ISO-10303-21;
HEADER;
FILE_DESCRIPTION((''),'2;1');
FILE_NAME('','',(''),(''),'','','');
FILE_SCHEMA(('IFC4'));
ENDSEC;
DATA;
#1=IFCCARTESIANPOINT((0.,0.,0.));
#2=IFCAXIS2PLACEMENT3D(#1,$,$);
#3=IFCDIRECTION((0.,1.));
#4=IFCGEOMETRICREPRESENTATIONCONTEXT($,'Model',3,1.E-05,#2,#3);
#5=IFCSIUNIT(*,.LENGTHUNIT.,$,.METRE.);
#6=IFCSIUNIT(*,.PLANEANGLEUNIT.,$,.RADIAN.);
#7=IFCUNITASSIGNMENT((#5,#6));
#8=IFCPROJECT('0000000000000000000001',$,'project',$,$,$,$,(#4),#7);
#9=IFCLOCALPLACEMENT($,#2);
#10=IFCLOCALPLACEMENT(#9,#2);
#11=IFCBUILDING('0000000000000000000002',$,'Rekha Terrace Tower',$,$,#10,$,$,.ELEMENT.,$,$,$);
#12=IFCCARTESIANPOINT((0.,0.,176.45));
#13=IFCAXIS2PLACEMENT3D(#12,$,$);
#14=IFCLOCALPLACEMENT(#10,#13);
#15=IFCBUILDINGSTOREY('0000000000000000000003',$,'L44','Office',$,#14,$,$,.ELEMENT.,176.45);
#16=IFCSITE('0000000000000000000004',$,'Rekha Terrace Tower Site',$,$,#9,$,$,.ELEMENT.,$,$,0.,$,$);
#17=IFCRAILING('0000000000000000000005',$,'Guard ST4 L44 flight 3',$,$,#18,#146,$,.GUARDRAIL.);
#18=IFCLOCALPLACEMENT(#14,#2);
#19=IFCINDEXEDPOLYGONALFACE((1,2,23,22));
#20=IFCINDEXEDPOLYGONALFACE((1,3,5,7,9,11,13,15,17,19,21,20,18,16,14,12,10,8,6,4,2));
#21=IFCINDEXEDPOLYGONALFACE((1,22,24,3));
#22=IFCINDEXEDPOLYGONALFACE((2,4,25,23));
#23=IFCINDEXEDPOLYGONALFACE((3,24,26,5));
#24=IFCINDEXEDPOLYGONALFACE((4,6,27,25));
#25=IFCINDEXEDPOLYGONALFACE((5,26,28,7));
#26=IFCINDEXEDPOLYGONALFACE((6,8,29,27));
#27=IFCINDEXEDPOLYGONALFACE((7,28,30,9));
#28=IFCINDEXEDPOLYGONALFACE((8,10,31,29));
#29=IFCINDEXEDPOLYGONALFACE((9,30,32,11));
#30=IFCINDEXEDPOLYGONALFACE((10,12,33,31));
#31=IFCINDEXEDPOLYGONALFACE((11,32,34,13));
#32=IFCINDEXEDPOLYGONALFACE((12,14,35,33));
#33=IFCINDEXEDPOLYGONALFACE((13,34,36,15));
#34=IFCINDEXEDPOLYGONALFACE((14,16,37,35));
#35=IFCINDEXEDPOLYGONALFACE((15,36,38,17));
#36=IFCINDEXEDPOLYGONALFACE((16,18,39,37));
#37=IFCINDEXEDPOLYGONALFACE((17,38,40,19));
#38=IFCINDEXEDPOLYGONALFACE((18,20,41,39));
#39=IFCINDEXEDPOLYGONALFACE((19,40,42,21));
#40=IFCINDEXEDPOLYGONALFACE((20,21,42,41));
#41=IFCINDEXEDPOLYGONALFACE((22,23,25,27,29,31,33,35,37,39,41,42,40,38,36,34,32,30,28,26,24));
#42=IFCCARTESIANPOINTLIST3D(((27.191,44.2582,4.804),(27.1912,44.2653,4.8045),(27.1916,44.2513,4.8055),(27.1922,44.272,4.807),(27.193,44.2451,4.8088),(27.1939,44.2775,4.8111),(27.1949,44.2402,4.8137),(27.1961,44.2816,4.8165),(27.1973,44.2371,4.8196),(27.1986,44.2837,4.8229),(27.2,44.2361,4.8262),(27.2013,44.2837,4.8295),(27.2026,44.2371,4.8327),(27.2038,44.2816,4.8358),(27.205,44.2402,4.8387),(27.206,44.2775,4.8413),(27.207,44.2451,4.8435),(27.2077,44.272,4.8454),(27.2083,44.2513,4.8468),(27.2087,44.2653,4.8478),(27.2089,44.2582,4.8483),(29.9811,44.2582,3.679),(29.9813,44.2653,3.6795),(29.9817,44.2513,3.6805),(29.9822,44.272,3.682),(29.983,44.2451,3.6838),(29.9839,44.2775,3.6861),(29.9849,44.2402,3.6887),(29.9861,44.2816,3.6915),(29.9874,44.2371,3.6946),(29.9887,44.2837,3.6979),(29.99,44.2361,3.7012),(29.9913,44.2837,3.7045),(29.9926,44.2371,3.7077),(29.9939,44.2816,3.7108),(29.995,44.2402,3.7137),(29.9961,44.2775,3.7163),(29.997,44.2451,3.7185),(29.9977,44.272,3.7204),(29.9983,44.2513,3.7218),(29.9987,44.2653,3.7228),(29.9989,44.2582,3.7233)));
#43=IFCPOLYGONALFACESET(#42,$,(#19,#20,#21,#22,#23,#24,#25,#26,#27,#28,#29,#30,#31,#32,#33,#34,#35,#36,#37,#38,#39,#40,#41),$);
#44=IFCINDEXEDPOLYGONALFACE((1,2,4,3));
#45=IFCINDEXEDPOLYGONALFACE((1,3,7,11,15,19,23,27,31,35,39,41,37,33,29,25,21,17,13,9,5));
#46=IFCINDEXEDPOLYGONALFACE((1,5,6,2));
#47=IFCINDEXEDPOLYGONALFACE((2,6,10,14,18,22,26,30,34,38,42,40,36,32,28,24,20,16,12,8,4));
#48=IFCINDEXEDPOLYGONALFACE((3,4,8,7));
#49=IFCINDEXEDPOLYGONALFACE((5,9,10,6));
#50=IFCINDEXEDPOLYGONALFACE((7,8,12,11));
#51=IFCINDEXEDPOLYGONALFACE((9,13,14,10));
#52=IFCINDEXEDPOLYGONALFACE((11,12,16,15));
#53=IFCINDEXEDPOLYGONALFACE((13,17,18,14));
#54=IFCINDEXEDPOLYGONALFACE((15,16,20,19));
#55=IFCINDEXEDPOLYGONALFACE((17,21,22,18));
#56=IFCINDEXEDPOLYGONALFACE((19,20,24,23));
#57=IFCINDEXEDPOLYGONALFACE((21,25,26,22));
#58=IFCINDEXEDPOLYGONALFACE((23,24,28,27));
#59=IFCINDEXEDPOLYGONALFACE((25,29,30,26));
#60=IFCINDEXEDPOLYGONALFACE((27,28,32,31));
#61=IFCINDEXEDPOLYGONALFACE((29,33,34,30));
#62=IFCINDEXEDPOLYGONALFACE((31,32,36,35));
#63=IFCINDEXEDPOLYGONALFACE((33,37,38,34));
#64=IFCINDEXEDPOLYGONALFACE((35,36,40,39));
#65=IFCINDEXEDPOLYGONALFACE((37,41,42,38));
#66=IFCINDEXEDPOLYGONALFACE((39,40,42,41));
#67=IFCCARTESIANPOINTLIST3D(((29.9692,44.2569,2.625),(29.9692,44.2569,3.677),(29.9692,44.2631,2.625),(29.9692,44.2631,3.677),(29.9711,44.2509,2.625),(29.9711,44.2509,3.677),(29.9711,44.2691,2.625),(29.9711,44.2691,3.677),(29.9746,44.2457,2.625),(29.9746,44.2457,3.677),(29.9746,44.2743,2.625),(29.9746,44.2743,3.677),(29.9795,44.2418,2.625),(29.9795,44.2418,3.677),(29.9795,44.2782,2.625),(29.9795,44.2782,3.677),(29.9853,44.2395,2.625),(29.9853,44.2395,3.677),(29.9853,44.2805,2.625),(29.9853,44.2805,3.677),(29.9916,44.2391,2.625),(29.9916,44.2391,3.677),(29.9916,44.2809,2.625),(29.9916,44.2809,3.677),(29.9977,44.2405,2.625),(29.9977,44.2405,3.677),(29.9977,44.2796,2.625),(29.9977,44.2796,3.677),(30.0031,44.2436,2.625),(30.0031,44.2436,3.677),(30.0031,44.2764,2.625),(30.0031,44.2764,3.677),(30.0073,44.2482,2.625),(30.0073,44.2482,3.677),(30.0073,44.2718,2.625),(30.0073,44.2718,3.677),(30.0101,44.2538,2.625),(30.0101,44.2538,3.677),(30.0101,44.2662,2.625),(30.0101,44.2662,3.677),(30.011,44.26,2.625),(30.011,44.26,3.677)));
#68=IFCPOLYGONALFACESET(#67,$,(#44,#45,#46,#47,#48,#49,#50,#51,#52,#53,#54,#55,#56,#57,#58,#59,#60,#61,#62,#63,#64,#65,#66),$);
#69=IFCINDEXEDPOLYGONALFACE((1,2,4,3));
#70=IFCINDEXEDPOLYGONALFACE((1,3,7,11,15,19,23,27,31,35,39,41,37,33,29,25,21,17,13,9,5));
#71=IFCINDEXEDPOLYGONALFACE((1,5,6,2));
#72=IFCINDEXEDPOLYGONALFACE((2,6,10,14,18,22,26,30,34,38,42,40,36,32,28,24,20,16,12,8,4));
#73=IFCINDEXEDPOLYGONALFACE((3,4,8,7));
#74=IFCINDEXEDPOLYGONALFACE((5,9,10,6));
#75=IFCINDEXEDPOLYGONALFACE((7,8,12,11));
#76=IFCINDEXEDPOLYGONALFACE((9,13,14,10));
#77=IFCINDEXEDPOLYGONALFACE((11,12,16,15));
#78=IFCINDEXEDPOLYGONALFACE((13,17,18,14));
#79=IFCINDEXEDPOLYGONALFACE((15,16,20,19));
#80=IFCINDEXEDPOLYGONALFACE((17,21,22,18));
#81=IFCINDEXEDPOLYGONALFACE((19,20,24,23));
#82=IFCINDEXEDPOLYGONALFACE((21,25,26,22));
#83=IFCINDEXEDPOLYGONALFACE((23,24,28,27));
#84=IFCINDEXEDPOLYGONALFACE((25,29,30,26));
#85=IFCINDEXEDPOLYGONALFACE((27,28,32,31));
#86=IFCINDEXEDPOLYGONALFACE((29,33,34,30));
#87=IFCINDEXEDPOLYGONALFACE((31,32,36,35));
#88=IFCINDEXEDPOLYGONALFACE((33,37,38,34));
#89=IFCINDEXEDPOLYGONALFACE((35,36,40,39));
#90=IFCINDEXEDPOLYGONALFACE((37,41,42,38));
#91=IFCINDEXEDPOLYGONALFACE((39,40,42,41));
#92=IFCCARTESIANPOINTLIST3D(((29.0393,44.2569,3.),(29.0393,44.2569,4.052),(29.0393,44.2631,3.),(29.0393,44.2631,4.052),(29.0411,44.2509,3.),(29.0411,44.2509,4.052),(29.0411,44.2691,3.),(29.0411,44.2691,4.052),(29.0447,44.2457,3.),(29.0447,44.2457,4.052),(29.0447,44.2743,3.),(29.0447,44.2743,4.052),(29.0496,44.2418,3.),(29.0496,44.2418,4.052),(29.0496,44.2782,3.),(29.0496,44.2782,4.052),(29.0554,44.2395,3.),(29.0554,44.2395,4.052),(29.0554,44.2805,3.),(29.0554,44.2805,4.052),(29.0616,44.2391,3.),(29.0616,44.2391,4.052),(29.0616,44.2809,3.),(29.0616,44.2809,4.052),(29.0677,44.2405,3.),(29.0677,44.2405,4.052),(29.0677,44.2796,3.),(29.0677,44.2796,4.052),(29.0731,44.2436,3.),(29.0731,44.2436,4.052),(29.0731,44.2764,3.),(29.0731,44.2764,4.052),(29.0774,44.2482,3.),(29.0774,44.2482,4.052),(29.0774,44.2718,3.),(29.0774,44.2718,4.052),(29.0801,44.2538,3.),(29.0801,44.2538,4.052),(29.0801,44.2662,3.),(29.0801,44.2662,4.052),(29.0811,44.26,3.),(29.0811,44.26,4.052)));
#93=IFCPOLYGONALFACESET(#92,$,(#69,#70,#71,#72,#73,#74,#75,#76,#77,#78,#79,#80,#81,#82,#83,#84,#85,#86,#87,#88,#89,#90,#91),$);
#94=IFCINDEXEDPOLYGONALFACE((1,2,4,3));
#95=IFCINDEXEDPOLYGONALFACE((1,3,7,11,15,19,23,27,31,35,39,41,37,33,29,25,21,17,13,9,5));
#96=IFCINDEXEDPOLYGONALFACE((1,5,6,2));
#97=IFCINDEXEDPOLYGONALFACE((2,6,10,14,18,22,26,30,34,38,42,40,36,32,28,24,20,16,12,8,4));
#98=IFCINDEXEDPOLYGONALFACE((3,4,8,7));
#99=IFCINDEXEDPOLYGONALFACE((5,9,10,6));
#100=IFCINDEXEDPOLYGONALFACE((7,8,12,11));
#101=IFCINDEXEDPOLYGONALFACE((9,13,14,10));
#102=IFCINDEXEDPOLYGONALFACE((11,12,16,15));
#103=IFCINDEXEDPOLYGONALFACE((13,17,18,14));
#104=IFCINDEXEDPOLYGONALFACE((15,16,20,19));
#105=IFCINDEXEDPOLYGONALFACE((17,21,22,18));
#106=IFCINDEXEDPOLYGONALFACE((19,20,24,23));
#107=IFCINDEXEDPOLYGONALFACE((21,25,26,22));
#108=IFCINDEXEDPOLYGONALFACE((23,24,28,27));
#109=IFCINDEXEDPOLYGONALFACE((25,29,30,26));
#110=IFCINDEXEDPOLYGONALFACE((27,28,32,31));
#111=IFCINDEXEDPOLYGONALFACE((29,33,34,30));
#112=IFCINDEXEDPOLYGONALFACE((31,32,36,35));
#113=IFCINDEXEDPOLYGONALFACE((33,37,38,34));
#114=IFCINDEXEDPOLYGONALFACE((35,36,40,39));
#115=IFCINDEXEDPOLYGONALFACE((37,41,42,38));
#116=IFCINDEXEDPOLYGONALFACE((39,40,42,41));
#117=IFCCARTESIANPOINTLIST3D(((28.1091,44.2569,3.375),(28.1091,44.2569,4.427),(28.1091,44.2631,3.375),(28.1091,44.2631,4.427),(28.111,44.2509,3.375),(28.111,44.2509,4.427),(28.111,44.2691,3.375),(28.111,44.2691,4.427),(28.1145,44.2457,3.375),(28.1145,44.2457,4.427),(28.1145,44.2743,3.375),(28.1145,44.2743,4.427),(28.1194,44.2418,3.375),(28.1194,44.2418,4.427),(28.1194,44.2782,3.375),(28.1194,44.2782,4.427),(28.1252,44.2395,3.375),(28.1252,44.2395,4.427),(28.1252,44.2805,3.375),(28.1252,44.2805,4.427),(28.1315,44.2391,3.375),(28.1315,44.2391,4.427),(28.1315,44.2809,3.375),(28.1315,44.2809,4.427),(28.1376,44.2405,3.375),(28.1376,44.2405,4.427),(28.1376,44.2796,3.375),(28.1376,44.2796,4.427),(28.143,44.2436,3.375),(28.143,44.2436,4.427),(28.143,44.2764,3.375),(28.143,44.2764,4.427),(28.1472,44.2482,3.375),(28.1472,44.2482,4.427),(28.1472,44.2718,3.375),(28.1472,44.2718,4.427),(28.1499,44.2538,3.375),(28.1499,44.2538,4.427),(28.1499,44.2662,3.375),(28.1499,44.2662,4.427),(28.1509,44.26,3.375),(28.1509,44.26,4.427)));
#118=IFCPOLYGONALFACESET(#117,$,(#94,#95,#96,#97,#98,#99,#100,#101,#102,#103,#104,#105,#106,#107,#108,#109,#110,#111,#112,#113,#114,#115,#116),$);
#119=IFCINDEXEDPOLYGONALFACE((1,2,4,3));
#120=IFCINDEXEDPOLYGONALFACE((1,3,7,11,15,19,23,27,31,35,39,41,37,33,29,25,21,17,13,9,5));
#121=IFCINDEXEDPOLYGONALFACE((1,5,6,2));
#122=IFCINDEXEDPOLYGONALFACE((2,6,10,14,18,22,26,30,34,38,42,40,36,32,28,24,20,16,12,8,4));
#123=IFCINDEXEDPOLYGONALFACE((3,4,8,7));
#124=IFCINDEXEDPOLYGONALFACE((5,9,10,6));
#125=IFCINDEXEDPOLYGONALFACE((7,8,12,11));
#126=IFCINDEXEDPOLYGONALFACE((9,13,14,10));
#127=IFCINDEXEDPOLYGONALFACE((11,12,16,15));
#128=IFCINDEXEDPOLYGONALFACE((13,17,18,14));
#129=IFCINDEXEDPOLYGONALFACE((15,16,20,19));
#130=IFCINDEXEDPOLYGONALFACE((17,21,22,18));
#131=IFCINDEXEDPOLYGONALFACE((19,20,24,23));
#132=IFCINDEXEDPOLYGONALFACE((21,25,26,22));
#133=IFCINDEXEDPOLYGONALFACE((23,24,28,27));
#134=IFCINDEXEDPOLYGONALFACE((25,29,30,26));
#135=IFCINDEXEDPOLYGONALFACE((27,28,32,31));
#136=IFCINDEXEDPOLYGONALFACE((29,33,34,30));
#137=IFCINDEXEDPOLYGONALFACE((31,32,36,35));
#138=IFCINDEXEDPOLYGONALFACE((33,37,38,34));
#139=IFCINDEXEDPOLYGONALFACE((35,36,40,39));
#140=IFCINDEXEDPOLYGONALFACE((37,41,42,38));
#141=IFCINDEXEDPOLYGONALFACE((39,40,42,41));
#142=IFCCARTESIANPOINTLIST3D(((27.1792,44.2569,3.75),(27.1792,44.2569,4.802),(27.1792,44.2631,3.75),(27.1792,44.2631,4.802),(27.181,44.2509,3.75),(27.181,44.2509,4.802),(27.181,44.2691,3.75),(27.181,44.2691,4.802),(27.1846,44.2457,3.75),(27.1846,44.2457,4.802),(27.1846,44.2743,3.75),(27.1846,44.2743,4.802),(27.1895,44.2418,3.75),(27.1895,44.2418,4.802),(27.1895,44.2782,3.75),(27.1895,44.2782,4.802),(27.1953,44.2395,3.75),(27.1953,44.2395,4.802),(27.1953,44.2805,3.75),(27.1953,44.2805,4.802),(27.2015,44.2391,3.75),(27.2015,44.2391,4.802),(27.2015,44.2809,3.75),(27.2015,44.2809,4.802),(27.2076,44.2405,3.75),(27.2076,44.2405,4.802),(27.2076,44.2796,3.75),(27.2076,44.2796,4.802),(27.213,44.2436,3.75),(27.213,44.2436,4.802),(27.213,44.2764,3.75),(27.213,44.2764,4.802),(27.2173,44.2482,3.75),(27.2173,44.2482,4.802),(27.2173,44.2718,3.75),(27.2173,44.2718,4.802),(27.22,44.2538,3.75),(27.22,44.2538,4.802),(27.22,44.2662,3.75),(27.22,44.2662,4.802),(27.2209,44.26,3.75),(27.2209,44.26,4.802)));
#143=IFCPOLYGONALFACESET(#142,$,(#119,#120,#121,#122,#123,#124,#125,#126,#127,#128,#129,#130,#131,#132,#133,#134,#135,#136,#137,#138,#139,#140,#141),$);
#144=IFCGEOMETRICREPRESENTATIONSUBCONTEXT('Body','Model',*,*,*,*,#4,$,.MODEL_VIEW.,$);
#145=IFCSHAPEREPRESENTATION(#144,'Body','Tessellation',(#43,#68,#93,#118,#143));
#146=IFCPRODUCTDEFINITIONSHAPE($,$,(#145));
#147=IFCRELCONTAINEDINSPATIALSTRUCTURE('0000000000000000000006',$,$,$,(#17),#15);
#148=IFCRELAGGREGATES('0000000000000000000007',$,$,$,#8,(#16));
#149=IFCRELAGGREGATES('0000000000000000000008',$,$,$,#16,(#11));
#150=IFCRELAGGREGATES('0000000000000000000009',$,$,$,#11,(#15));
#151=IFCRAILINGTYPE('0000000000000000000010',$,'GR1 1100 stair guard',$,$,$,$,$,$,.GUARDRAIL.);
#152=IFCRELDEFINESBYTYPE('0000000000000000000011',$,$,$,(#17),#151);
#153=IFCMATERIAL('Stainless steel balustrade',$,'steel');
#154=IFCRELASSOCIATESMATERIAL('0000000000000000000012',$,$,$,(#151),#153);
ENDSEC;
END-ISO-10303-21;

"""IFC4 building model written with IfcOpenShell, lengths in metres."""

from ifc_helpers import new_model, si_unit, direction, frame, origin, origin_2d, place, context, subcontext, project, spatial, circle, extrude, material, type_object, element, save


model = new_model("IFC4")

# Units and contexts
model_context = context("Model", 3, precision=1e-05, world=origin(), true_north=direction((0.0, 1.0)))
body_context = subcontext(model_context, "Body", "Model", "MODEL_VIEW")
ifc_project = project(units=[si_unit("LENGTHUNIT", "METRE"), si_unit("PLANEANGLEUNIT", "RADIAN")], contexts=[model_context])

# Site, building, storey
site_placement = place(None, origin())
site = spatial("IfcSite", under=ifc_project, at=site_placement, Name="Rekha Terrace Tower Site", CompositionType="ELEMENT", RefElevation=0.0)
building_placement = place(site_placement, origin())
building = spatial("IfcBuilding", under=site, at=building_placement, Name="Rekha Terrace Tower", CompositionType="ELEMENT")
storey_placement = place(building_placement, frame((0.0, 0.0, 176.45)))
storey = spatial("IfcBuildingStorey", under=building, at=storey_placement, Name="L44", Description="Office", CompositionType="ELEMENT", Elevation=176.45)

# Railing
ifc_material_1 = material(Name="Stainless steel balustrade", Category="steel")
railing_type_1 = type_object("IfcRailingType", Name="GR1 1100 stair guard", PredefinedType="GUARDRAIL", material=ifc_material_1)
railing_1_placement = place(storey_placement, frame((29.99, 44.26, 2.625)))
element("IfcRailing", 1, at=railing_1_placement, inside=storey, type_object=railing_type_1, Name="Guard ST4 L44 flight 3", PredefinedType="GUARDRAIL", context=body_context, shape_type="SweptSolid", body=[
    extrude(circle(Radius=0.0239, at=origin_2d()), frame((0.0, 0.0, 1.0762), z_axis=(-0.927443, 0.0, 0.373964), x_axis=(0.0, -1.0, 0.0)), (0.0, 0.0, 1.0), 3.0083),
    extrude(circle(Radius=0.021, at=origin_2d()), origin(), (0.0, 0.0, 1.0), 1.052),
    extrude(circle(Radius=0.021, at=origin_2d()), frame((-0.9299, 0.0, 0.375)), (0.0, 0.0, 1.0), 1.052),
    extrude(circle(Radius=0.021, at=origin_2d()), frame((-1.8601, 0.0, 0.75)), (0.0, 0.0, 1.0), 1.052),
    extrude(circle(Radius=0.021, at=origin_2d()), frame((-2.79, 0.0, 1.125)), (0.0, 0.0, 1.0), 1.052),
])

save(model, "model.ifc")
